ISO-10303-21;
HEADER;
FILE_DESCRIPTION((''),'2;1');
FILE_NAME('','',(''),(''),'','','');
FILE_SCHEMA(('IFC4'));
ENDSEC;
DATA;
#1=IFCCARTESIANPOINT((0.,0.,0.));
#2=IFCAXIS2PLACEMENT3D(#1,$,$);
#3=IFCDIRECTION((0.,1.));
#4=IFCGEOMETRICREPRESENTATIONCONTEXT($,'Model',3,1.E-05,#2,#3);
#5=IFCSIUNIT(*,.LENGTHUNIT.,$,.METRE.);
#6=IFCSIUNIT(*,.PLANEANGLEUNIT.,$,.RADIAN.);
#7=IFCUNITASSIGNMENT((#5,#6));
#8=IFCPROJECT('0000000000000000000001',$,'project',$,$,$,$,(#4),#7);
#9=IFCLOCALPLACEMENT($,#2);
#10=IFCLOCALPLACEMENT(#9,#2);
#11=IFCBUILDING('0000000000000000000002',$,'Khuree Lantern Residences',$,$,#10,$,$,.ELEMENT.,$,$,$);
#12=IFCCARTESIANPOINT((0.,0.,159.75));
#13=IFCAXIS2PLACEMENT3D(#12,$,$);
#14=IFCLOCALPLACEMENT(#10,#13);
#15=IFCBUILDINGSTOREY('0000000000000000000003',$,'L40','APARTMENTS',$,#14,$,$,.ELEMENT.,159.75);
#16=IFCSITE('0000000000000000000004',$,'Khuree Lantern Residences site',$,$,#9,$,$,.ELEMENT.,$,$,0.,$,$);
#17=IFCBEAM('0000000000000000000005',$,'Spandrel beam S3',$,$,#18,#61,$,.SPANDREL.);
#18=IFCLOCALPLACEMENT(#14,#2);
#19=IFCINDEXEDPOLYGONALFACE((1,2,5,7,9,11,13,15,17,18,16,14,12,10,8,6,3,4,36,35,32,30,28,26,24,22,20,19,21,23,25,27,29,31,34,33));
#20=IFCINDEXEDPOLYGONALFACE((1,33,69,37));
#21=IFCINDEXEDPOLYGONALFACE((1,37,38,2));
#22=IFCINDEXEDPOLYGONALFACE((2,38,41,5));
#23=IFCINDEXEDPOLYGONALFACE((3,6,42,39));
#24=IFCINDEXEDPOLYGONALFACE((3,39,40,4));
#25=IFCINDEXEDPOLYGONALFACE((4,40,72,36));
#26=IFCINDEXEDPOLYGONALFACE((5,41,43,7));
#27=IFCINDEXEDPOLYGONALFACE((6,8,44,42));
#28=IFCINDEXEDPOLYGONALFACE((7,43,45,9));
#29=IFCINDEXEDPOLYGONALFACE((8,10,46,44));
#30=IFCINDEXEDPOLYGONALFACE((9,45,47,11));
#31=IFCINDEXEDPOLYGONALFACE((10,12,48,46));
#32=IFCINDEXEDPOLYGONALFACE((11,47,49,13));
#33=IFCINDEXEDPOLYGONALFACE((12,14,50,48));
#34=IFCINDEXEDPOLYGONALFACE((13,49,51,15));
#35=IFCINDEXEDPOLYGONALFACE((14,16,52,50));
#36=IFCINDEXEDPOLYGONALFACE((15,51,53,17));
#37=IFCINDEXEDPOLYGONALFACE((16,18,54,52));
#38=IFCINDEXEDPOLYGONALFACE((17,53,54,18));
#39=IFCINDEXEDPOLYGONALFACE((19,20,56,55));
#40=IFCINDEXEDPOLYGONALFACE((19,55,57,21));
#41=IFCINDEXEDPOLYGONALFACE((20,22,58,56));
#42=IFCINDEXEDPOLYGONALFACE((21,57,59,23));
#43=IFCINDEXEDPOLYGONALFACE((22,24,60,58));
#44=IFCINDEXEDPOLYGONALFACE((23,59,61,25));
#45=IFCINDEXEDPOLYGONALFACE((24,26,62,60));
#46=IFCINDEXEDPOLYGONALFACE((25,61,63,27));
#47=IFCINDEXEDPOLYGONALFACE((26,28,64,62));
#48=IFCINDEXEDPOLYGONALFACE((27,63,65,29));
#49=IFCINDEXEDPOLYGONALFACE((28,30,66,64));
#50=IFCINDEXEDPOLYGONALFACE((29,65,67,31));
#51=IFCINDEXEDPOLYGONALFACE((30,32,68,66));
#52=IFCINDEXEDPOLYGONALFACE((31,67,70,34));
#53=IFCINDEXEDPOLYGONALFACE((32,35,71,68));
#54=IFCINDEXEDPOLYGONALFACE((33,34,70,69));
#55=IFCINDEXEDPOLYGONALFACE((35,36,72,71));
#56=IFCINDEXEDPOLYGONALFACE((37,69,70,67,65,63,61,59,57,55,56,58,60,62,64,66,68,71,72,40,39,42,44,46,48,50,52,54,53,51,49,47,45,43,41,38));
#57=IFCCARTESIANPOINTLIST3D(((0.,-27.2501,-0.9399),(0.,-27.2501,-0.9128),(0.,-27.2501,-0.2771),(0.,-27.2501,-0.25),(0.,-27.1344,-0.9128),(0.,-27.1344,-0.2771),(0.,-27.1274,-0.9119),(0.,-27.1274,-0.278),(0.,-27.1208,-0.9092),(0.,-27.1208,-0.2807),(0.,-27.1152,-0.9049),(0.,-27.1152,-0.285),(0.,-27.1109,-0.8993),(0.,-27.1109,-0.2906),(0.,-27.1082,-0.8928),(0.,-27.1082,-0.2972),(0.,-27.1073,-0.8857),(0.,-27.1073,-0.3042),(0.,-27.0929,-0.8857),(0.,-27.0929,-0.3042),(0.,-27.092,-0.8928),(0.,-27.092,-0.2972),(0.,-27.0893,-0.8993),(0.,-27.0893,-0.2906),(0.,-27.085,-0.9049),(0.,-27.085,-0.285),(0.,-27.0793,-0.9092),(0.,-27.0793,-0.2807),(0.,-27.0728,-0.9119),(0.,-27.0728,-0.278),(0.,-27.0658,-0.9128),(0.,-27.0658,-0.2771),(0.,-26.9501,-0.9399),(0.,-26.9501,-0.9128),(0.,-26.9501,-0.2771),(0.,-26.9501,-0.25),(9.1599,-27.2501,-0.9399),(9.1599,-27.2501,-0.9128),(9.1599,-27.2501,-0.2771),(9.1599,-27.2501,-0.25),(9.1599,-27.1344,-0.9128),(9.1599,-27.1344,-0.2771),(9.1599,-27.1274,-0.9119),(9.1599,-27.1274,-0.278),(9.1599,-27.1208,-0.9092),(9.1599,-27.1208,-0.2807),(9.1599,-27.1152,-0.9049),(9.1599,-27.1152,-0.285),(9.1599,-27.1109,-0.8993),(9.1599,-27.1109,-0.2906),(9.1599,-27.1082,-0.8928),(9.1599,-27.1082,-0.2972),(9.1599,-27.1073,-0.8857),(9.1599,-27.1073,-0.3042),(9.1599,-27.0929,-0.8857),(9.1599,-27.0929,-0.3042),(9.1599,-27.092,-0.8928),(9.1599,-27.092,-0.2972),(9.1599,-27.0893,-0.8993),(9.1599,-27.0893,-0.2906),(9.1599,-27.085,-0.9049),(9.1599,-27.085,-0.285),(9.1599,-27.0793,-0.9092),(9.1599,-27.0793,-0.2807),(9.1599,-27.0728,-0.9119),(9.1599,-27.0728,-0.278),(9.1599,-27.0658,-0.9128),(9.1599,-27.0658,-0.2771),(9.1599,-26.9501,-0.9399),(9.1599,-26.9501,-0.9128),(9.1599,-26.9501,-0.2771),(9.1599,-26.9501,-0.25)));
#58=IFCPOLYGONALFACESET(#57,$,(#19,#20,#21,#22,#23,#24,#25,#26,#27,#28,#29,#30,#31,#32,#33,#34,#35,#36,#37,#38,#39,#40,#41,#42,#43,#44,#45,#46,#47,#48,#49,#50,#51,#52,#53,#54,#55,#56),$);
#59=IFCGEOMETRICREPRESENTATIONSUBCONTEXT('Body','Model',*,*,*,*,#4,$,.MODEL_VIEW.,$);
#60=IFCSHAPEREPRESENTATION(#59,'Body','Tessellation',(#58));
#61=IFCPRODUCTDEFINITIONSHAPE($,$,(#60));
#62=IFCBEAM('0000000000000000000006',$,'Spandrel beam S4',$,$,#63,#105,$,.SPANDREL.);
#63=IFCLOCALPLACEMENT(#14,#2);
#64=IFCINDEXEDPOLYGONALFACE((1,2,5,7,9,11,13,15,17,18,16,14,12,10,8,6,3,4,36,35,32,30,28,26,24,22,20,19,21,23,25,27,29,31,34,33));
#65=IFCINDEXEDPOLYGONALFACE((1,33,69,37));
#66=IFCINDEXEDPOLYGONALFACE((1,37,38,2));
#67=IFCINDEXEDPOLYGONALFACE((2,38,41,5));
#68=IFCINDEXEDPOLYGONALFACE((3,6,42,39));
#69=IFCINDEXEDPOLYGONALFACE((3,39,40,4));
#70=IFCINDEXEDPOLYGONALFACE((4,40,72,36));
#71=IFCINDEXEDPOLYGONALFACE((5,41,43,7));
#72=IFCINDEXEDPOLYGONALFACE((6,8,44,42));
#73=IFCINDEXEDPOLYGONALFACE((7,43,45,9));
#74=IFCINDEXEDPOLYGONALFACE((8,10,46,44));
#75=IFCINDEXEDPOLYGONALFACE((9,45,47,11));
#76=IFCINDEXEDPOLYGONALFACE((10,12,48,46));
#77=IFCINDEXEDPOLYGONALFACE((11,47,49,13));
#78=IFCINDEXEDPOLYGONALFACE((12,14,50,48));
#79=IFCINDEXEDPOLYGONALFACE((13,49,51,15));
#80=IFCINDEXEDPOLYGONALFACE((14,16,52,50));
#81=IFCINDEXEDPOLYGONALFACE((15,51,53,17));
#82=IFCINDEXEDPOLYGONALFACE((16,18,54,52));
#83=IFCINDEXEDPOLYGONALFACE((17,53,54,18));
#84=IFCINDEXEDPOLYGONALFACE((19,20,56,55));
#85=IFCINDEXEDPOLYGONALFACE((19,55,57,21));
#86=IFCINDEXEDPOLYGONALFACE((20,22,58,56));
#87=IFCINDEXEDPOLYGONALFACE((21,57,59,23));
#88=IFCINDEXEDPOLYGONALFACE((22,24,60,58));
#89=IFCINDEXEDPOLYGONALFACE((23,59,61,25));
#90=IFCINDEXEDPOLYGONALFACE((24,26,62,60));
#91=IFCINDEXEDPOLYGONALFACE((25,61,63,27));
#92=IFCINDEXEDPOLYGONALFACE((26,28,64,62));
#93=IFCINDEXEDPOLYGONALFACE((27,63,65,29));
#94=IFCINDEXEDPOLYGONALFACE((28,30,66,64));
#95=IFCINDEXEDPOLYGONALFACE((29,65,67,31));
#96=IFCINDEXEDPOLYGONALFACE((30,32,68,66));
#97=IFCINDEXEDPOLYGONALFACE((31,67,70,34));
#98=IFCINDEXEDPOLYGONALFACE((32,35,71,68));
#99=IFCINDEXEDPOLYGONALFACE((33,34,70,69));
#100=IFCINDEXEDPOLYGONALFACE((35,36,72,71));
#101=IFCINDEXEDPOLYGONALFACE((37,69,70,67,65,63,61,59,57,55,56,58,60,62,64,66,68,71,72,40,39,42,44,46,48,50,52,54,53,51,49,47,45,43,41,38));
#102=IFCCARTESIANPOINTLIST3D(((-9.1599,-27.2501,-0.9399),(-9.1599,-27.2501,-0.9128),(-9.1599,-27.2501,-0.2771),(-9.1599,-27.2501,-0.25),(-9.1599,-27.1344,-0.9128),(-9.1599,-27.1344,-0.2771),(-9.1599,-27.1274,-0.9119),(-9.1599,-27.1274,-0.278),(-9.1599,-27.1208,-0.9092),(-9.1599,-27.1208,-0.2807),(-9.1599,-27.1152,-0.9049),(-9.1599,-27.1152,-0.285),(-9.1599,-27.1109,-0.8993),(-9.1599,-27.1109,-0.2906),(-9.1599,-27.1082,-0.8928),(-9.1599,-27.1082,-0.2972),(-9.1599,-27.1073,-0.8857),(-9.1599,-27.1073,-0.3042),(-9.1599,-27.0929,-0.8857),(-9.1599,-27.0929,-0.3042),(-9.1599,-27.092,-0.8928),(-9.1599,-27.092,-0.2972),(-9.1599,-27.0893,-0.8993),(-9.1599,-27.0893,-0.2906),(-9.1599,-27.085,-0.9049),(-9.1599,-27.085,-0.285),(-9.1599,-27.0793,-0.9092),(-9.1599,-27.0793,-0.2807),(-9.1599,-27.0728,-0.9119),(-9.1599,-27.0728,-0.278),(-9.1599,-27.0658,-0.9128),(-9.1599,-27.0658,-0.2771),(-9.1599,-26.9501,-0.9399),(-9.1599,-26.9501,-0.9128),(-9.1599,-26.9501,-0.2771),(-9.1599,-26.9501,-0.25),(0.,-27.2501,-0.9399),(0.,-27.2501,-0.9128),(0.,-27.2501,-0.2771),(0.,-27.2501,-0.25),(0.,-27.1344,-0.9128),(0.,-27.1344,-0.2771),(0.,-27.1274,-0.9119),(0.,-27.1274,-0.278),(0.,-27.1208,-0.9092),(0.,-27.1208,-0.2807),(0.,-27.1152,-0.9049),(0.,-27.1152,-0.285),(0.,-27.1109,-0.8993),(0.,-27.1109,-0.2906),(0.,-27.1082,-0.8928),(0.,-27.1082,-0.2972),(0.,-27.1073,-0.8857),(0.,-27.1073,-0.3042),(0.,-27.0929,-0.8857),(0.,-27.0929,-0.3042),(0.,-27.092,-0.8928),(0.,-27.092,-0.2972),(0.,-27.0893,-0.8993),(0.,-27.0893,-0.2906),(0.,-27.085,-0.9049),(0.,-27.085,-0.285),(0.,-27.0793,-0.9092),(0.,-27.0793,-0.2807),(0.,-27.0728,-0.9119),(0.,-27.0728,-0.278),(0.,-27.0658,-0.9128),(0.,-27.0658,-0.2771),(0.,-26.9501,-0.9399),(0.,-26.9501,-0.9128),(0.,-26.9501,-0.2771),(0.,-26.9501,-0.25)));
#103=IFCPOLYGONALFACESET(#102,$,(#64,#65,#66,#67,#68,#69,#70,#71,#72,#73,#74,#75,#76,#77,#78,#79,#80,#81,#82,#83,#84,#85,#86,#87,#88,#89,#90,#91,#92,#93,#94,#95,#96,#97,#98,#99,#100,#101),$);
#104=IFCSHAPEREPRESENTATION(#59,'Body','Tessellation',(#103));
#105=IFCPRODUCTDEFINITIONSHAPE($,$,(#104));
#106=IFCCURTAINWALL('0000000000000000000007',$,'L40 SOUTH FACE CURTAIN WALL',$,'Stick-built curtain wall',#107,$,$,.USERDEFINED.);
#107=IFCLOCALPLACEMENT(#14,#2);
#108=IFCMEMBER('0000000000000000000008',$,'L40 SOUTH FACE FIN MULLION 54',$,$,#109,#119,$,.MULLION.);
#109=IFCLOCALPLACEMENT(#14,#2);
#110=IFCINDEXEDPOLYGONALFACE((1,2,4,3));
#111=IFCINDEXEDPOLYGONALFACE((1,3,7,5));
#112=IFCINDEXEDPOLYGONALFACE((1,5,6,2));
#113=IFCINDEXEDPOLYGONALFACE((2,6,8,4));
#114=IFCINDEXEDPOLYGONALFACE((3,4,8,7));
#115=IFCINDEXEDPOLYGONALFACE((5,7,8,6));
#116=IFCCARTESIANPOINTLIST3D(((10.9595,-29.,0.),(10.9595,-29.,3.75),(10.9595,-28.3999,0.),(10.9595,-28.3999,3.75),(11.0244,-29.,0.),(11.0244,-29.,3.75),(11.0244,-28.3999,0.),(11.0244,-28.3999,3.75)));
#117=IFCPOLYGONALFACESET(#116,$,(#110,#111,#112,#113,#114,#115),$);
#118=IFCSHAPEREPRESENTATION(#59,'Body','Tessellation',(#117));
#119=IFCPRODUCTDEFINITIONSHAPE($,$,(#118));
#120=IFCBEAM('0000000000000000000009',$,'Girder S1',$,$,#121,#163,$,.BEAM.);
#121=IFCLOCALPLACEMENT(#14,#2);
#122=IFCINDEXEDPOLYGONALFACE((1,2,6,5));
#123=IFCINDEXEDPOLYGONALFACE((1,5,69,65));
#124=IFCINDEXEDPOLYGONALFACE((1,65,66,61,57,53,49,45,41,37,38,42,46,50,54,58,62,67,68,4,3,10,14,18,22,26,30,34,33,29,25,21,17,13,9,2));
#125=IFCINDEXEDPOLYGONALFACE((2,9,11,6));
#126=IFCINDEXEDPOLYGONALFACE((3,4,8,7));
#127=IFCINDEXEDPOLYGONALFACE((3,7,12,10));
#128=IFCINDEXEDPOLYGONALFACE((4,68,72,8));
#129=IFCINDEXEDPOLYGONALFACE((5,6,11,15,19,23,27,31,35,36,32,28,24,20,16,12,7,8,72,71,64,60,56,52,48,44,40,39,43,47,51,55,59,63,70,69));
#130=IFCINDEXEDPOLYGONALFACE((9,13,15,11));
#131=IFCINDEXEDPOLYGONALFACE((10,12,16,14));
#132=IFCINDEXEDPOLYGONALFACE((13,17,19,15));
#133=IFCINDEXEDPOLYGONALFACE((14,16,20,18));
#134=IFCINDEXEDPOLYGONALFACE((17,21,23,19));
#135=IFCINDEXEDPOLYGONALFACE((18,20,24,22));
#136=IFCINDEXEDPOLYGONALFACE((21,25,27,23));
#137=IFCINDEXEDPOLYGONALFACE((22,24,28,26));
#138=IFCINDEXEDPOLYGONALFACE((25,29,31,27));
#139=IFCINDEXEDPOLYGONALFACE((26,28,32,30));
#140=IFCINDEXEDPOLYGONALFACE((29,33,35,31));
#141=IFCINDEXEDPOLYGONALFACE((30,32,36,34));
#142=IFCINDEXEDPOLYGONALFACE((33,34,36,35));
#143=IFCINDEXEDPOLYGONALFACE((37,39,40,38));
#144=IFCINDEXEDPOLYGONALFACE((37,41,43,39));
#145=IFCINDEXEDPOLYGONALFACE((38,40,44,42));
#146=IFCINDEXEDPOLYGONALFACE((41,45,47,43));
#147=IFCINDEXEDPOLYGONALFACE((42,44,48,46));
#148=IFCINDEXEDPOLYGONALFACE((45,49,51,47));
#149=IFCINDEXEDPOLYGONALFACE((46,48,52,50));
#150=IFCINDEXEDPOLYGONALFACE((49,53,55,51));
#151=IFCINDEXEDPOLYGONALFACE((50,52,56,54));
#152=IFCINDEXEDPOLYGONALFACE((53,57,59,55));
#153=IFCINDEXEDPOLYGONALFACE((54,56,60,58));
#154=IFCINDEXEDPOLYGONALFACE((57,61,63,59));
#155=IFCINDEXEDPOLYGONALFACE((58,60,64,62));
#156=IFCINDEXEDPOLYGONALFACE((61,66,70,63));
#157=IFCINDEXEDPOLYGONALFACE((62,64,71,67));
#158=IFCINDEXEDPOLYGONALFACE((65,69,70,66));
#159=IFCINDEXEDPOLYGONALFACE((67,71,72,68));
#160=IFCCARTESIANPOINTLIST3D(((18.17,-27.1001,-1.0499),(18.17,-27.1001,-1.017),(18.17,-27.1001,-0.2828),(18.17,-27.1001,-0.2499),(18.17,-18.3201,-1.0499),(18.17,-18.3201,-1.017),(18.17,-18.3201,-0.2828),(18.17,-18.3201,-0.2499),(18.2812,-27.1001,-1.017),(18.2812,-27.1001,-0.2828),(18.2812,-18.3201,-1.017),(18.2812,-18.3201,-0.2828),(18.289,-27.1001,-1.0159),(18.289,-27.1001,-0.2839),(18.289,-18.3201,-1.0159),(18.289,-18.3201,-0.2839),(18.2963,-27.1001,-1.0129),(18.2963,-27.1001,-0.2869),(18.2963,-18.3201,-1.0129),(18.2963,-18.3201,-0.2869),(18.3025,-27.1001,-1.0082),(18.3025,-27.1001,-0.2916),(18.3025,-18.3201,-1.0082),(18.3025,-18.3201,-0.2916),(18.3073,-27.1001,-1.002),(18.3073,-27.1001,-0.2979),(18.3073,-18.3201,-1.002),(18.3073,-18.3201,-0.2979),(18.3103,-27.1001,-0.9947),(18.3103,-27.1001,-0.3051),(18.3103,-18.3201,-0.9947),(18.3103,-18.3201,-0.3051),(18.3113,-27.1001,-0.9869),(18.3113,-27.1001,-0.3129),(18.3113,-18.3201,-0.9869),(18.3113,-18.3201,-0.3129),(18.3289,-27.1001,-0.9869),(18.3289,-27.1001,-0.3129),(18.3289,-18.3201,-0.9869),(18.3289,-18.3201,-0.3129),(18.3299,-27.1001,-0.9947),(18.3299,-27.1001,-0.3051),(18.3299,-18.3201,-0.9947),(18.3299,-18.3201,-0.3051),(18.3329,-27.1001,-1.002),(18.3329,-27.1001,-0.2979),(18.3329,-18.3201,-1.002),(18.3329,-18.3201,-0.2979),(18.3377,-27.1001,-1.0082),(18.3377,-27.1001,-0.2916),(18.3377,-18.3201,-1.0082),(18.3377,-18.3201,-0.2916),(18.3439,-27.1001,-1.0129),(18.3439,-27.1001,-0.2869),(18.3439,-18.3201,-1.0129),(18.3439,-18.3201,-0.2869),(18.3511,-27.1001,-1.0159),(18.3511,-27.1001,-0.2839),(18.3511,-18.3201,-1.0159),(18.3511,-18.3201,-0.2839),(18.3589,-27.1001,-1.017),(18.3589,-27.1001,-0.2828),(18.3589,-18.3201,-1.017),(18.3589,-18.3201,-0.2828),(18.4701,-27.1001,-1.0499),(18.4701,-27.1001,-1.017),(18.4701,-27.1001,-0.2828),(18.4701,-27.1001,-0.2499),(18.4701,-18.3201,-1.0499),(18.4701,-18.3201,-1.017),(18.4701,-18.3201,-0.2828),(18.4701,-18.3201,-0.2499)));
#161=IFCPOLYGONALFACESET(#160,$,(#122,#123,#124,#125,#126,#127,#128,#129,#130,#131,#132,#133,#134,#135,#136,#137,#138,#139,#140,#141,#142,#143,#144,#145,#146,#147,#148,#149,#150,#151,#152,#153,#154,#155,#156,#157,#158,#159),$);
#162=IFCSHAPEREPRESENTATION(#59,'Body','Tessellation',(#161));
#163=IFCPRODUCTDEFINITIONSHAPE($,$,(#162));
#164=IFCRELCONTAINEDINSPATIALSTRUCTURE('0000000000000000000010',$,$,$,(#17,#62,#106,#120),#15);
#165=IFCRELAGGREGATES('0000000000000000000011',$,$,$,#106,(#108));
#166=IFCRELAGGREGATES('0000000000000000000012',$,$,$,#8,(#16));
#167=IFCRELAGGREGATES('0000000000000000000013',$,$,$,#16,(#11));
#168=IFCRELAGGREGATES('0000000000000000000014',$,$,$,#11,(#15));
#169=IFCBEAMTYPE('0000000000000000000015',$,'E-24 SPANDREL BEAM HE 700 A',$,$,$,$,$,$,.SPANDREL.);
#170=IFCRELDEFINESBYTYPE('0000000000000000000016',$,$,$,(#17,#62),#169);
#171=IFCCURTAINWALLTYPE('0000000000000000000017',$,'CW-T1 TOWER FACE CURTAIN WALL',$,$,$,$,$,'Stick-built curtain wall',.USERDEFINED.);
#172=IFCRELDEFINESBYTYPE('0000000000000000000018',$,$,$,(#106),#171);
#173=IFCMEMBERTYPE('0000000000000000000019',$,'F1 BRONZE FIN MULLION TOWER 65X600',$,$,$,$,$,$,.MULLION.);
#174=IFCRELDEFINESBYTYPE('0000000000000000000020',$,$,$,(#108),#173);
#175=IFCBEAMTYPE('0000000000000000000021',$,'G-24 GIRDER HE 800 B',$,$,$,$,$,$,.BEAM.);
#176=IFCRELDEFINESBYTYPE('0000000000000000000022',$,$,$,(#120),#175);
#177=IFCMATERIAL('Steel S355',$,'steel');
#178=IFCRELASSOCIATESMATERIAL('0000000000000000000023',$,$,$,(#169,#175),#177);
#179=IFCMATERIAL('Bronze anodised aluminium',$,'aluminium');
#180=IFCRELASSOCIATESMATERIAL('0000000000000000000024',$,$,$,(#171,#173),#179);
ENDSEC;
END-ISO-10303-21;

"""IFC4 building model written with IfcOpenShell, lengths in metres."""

from ifc_helpers import new_model, si_unit, direction, frame, origin, origin_2d, place, context, subcontext, project, spatial, rectangle, i_section, extrude, material, material_profile, profile_set, type_object, element, aggregate, save


model = new_model("IFC4")

# Units and contexts
model_context = context("Model", 3, precision=1e-05, world=origin(), true_north=direction((0.0, 1.0)))
body_context = subcontext(model_context, "Body", "Model", "MODEL_VIEW")
ifc_project = project(units=[si_unit("LENGTHUNIT", "METRE"), si_unit("PLANEANGLEUNIT", "RADIAN")], contexts=[model_context])

# Site, building, storey
site_placement = place(None, origin())
site = spatial("IfcSite", under=ifc_project, at=site_placement, Name="Khuree Lantern Residences site", CompositionType="ELEMENT", RefElevation=0.0)
building_placement = place(site_placement, origin())
building = spatial("IfcBuilding", under=site, at=building_placement, Name="Khuree Lantern Residences", CompositionType="ELEMENT")
storey_placement = place(building_placement, frame((0.0, 0.0, 159.75)))
storey = spatial("IfcBuildingStorey", under=building, at=storey_placement, Name="L40", Description="APARTMENTS", CompositionType="ELEMENT", Elevation=159.75)

# Beams
ifc_material_1 = material(Name="Steel S355", Category="steel")
ifc_material_profile_1 = material_profile(ifc_material_1, i_section(OverallWidth=0.3, OverallDepth=0.6899, WebThickness=0.0144, FlangeThickness=0.0271, FilletRadius=0.0271, at=origin_2d()), Name="HE 700 A")
ifc_profile_set_1 = profile_set([ifc_material_profile_1], Name="Steel S355")
beam_type_1 = type_object("IfcBeamType", Name="E-24 SPANDREL BEAM HE 700 A", PredefinedType="SPANDREL", material=ifc_profile_set_1)
for number, where, z_axis, x_axis, name in (
    (1, (9.1599, -27.1001, -0.595), (-1.0, 0.0, 0.0), (0.0, -1.0, 0.0), "Spandrel beam S3"),
    (2, (0.0, -27.1001, -0.595), (-1.0, 0.0, 0.0), (0.0, -1.0, 0.0), "Spandrel beam S4"),
):
    element("IfcBeam", number, at=place(storey_placement, frame(where, z_axis=z_axis, x_axis=x_axis)), inside=storey, type_object=beam_type_1, Name=name, PredefinedType="SPANDREL", context=body_context, shape_type="SweptSolid", body=[
        extrude(i_section(OverallWidth=0.3, OverallDepth=0.6899, WebThickness=0.0144, FlangeThickness=0.0271, FilletRadius=0.0271, at=origin_2d()), origin(), (0.0, 0.0, 1.0), 9.1599),
    ])

# Curtain wall, member
ifc_material_2 = material(Name="Bronze anodised aluminium", Category="aluminium")
curtain_wall_type = type_object("IfcCurtainWallType", Name="CW-T1 TOWER FACE CURTAIN WALL", ElementType="Stick-built curtain wall", PredefinedType="USERDEFINED", material=ifc_material_2)
curtain_wall_placement = place(storey_placement, origin())
curtain_wall = element("IfcCurtainWall", 3, at=curtain_wall_placement, inside=storey, type_object=curtain_wall_type, Name="L40 SOUTH FACE CURTAIN WALL", ObjectType="Stick-built curtain wall", PredefinedType="USERDEFINED")
ifc_material_profile_2 = material_profile(ifc_material_2, rectangle(XDim=0.0649, YDim=0.6001, at=origin_2d()), Name="F1 65X600")
ifc_profile_set_2 = profile_set([ifc_material_profile_2], Name="Bronze anodised aluminium")
member_type_1 = type_object("IfcMemberType", Name="F1 BRONZE FIN MULLION TOWER 65X600", PredefinedType="MULLION", material=ifc_profile_set_2)
member_1_placement = place(storey_placement, frame((10.9919, -28.7, 0.0), z_axis=(0.0, 0.0, 1.0), x_axis=(1.0, 0.0, 0.0)))
member_1 = element("IfcMember", 4, at=member_1_placement, type_object=member_type_1, Name="L40 SOUTH FACE FIN MULLION 54", PredefinedType="MULLION", context=body_context, shape_type="SweptSolid", body=[
    extrude(rectangle(XDim=0.0649, YDim=0.6001, at=origin_2d()), origin(), (0.0, 0.0, 1.0), 3.75),
])

# Beam
ifc_material_profile_3 = material_profile(ifc_material_1, i_section(OverallWidth=0.3, OverallDepth=0.8, WebThickness=0.0176, FlangeThickness=0.033, FilletRadius=0.03, at=origin_2d()), Name="HE 800 B")
ifc_profile_set_3 = profile_set([ifc_material_profile_3], Name="Steel S355")
beam_type_2 = type_object("IfcBeamType", Name="G-24 GIRDER HE 800 B", PredefinedType="BEAM", material=ifc_profile_set_3)
beam_1_placement = place(storey_placement, frame((18.3201, -27.1001, -0.6499), z_axis=(0.0, 1.0, 0.0), x_axis=(-1.0, 0.0, 0.0)))
element("IfcBeam", 5, at=beam_1_placement, inside=storey, type_object=beam_type_2, Name="Girder S1", PredefinedType="BEAM", context=body_context, shape_type="SweptSolid", body=[
    extrude(i_section(OverallWidth=0.3, OverallDepth=0.8, WebThickness=0.0176, FlangeThickness=0.033, FilletRadius=0.03, at=origin_2d()), origin(), (0.0, 0.0, 1.0), 8.78),
])

aggregate(curtain_wall, [member_1])

save(model, "model.ifc")
